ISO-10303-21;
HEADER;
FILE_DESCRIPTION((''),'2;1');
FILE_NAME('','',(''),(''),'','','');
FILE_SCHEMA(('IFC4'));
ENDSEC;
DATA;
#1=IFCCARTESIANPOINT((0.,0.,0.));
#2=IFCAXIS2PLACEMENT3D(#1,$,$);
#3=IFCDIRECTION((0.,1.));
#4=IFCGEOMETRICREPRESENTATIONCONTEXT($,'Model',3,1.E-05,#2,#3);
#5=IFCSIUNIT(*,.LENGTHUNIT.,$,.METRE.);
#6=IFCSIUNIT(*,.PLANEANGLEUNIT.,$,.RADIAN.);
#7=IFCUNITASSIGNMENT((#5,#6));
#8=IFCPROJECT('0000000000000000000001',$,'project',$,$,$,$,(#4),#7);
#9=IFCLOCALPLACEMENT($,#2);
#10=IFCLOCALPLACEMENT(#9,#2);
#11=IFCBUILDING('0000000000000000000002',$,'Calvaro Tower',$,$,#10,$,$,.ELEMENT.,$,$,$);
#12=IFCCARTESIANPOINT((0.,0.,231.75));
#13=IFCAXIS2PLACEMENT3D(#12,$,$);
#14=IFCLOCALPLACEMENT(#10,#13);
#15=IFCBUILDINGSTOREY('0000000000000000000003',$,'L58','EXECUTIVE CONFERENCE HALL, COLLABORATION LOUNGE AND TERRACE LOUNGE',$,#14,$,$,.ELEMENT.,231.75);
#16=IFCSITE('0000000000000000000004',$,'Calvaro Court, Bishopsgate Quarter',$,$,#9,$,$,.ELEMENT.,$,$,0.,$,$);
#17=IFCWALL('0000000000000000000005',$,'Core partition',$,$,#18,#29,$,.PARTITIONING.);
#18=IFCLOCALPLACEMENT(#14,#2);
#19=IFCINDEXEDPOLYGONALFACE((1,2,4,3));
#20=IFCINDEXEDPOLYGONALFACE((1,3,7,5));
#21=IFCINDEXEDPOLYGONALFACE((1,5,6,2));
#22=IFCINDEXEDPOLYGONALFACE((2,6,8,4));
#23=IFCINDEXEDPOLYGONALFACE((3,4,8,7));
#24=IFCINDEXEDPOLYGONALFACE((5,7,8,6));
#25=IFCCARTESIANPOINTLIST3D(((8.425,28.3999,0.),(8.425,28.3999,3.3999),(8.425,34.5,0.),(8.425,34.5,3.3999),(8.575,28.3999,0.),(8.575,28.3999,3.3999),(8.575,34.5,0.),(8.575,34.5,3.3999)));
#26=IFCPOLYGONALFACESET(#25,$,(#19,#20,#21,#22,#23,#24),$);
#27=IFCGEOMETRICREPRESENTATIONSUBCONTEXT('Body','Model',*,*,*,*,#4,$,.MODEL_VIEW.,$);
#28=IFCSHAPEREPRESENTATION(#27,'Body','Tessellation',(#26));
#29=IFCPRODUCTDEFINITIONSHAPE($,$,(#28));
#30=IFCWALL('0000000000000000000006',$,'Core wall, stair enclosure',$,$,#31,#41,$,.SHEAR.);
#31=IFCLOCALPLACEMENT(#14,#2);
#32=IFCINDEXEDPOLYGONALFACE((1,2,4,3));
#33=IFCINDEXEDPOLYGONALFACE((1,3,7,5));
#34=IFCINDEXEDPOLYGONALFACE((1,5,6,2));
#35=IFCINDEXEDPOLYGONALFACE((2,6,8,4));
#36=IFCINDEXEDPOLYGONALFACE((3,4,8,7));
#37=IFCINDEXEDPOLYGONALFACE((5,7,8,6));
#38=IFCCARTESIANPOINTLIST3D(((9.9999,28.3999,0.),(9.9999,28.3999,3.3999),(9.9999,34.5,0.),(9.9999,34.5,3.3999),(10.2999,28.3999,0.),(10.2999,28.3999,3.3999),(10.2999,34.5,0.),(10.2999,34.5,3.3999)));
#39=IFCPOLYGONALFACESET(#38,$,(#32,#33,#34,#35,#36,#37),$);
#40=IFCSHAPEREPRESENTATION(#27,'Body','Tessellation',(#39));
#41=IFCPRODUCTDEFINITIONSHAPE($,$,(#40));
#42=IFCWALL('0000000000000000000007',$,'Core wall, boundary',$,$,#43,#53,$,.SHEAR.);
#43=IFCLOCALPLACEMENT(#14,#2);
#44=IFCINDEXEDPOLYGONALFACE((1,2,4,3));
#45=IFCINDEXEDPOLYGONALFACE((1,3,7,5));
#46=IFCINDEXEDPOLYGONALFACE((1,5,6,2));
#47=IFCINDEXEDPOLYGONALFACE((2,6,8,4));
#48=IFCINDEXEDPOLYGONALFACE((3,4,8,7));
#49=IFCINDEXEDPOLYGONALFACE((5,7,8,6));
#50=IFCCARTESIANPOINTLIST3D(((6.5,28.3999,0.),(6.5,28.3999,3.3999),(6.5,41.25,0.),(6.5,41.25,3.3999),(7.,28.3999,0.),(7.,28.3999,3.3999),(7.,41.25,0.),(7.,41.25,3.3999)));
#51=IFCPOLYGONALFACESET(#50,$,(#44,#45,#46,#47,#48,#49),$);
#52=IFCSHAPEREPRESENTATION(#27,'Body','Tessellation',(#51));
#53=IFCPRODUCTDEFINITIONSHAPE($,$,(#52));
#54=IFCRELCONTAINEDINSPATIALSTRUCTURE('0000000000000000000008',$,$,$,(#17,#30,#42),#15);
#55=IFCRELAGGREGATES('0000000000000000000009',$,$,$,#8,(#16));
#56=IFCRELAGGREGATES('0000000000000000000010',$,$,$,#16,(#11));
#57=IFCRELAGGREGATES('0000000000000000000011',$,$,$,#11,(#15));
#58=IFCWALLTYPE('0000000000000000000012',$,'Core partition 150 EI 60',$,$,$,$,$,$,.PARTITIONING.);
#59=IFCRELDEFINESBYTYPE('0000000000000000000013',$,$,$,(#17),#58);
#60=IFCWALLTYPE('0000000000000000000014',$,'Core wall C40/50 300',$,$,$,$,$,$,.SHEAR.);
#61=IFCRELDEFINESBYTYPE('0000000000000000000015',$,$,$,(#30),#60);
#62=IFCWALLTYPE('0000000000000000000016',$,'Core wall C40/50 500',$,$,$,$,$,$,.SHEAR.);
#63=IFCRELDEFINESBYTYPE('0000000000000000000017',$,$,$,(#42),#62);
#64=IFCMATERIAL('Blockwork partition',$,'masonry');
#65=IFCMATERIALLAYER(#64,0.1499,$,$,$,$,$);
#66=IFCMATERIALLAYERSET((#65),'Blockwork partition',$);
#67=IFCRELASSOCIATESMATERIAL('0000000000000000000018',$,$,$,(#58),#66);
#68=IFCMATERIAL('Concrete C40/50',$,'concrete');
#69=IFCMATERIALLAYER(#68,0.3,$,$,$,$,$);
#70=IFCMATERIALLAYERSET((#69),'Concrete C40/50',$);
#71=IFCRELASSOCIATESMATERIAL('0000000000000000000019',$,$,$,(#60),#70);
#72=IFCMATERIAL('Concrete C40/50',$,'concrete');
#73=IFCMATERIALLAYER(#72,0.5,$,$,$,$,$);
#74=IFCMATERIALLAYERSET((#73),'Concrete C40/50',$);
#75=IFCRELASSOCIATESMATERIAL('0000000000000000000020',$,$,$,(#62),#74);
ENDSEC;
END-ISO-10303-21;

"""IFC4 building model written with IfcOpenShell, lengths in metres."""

from ifc_helpers import new_model, si_unit, direction, frame, frame_2d, origin, place, context, subcontext, project, spatial, rectangle, extrude, material, layer, layer_set, type_object, element, save


model = new_model("IFC4")

# Units and contexts
model_context = context("Model", 3, precision=1e-05, world=origin(), true_north=direction((0.0, 1.0)))
body_context = subcontext(model_context, "Body", "Model", "MODEL_VIEW")
ifc_project = project(units=[si_unit("LENGTHUNIT", "METRE"), si_unit("PLANEANGLEUNIT", "RADIAN")], contexts=[model_context])

# Site, building, storey
site_placement = place(None, origin())
site = spatial("IfcSite", under=ifc_project, at=site_placement, Name="Calvaro Court, Bishopsgate Quarter", CompositionType="ELEMENT", RefElevation=0.0)
building_placement = place(site_placement, origin())
building = spatial("IfcBuilding", under=site, at=building_placement, Name="Calvaro Tower", CompositionType="ELEMENT")
storey_placement = place(building_placement, frame((0.0, 0.0, 231.75)))
storey = spatial("IfcBuildingStorey", under=building, at=storey_placement, Name="L58", Description="EXECUTIVE CONFERENCE HALL, COLLABORATION LOUNGE AND TERRACE LOUNGE", CompositionType="ELEMENT", Elevation=231.75)

# Walls
ifc_material_1 = material(Name="Blockwork partition", Category="masonry")
ifc_layer_1 = layer(ifc_material_1, 0.1499)
ifc_layer_set_1 = layer_set([ifc_layer_1], Name="Blockwork partition")
wall_type_1 = type_object("IfcWallType", Name="Core partition 150 EI 60", PredefinedType="PARTITIONING", material=ifc_layer_set_1)
wall_1_placement = place(storey_placement, frame((8.5, 28.3999, 0.0), z_axis=(0.0, 0.0, 1.0), x_axis=(0.0, 1.0, 0.0)))
element("IfcWall", 1, at=wall_1_placement, inside=storey, type_object=wall_type_1, Name="Core partition", PredefinedType="PARTITIONING", context=body_context, shape_type="SweptSolid", body=[
    extrude(rectangle(XDim=6.1001, YDim=0.1499, at=frame_2d((3.05, 0.0))), origin(), (0.0, 0.0, 1.0), 3.3999),
])
ifc_material_2 = material(Name="Concrete C40/50", Category="concrete")
ifc_layer_2 = layer(ifc_material_2, 0.3)
ifc_layer_set_2 = layer_set([ifc_layer_2], Name="Concrete C40/50")
wall_type_2 = type_object("IfcWallType", Name="Core wall C40/50 300", PredefinedType="SHEAR", material=ifc_layer_set_2)
wall_2_placement = place(storey_placement, frame((10.1499, 28.3999, 0.0), z_axis=(0.0, 0.0, 1.0), x_axis=(0.0, 1.0, 0.0)))
element("IfcWall", 2, at=wall_2_placement, inside=storey, type_object=wall_type_2, Name="Core wall, stair enclosure", PredefinedType="SHEAR", context=body_context, shape_type="SweptSolid", body=[
    extrude(rectangle(XDim=6.1001, YDim=0.3, at=frame_2d((3.05, 0.0))), origin(), (0.0, 0.0, 1.0), 3.3999),
])
ifc_material_3 = material(Name="Concrete C40/50", Category="concrete")
ifc_layer_3 = layer(ifc_material_3, 0.5)
ifc_layer_set_3 = layer_set([ifc_layer_3], Name="Concrete C40/50")
wall_type_3 = type_object("IfcWallType", Name="Core wall C40/50 500", PredefinedType="SHEAR", material=ifc_layer_set_3)
wall_3_placement = place(storey_placement, frame((6.75, 28.3999, 0.0), z_axis=(0.0, 0.0, 1.0), x_axis=(0.0, 1.0, 0.0)))
element("IfcWall", 3, at=wall_3_placement, inside=storey, type_object=wall_type_3, Name="Core wall, boundary", PredefinedType="SHEAR", context=body_context, shape_type="SweptSolid", body=[
    extrude(rectangle(XDim=12.8501, YDim=0.5, at=frame_2d((6.425, 0.0))), origin(), (0.0, 0.0, 1.0), 3.3999),
])

save(model, "model.ifc")
